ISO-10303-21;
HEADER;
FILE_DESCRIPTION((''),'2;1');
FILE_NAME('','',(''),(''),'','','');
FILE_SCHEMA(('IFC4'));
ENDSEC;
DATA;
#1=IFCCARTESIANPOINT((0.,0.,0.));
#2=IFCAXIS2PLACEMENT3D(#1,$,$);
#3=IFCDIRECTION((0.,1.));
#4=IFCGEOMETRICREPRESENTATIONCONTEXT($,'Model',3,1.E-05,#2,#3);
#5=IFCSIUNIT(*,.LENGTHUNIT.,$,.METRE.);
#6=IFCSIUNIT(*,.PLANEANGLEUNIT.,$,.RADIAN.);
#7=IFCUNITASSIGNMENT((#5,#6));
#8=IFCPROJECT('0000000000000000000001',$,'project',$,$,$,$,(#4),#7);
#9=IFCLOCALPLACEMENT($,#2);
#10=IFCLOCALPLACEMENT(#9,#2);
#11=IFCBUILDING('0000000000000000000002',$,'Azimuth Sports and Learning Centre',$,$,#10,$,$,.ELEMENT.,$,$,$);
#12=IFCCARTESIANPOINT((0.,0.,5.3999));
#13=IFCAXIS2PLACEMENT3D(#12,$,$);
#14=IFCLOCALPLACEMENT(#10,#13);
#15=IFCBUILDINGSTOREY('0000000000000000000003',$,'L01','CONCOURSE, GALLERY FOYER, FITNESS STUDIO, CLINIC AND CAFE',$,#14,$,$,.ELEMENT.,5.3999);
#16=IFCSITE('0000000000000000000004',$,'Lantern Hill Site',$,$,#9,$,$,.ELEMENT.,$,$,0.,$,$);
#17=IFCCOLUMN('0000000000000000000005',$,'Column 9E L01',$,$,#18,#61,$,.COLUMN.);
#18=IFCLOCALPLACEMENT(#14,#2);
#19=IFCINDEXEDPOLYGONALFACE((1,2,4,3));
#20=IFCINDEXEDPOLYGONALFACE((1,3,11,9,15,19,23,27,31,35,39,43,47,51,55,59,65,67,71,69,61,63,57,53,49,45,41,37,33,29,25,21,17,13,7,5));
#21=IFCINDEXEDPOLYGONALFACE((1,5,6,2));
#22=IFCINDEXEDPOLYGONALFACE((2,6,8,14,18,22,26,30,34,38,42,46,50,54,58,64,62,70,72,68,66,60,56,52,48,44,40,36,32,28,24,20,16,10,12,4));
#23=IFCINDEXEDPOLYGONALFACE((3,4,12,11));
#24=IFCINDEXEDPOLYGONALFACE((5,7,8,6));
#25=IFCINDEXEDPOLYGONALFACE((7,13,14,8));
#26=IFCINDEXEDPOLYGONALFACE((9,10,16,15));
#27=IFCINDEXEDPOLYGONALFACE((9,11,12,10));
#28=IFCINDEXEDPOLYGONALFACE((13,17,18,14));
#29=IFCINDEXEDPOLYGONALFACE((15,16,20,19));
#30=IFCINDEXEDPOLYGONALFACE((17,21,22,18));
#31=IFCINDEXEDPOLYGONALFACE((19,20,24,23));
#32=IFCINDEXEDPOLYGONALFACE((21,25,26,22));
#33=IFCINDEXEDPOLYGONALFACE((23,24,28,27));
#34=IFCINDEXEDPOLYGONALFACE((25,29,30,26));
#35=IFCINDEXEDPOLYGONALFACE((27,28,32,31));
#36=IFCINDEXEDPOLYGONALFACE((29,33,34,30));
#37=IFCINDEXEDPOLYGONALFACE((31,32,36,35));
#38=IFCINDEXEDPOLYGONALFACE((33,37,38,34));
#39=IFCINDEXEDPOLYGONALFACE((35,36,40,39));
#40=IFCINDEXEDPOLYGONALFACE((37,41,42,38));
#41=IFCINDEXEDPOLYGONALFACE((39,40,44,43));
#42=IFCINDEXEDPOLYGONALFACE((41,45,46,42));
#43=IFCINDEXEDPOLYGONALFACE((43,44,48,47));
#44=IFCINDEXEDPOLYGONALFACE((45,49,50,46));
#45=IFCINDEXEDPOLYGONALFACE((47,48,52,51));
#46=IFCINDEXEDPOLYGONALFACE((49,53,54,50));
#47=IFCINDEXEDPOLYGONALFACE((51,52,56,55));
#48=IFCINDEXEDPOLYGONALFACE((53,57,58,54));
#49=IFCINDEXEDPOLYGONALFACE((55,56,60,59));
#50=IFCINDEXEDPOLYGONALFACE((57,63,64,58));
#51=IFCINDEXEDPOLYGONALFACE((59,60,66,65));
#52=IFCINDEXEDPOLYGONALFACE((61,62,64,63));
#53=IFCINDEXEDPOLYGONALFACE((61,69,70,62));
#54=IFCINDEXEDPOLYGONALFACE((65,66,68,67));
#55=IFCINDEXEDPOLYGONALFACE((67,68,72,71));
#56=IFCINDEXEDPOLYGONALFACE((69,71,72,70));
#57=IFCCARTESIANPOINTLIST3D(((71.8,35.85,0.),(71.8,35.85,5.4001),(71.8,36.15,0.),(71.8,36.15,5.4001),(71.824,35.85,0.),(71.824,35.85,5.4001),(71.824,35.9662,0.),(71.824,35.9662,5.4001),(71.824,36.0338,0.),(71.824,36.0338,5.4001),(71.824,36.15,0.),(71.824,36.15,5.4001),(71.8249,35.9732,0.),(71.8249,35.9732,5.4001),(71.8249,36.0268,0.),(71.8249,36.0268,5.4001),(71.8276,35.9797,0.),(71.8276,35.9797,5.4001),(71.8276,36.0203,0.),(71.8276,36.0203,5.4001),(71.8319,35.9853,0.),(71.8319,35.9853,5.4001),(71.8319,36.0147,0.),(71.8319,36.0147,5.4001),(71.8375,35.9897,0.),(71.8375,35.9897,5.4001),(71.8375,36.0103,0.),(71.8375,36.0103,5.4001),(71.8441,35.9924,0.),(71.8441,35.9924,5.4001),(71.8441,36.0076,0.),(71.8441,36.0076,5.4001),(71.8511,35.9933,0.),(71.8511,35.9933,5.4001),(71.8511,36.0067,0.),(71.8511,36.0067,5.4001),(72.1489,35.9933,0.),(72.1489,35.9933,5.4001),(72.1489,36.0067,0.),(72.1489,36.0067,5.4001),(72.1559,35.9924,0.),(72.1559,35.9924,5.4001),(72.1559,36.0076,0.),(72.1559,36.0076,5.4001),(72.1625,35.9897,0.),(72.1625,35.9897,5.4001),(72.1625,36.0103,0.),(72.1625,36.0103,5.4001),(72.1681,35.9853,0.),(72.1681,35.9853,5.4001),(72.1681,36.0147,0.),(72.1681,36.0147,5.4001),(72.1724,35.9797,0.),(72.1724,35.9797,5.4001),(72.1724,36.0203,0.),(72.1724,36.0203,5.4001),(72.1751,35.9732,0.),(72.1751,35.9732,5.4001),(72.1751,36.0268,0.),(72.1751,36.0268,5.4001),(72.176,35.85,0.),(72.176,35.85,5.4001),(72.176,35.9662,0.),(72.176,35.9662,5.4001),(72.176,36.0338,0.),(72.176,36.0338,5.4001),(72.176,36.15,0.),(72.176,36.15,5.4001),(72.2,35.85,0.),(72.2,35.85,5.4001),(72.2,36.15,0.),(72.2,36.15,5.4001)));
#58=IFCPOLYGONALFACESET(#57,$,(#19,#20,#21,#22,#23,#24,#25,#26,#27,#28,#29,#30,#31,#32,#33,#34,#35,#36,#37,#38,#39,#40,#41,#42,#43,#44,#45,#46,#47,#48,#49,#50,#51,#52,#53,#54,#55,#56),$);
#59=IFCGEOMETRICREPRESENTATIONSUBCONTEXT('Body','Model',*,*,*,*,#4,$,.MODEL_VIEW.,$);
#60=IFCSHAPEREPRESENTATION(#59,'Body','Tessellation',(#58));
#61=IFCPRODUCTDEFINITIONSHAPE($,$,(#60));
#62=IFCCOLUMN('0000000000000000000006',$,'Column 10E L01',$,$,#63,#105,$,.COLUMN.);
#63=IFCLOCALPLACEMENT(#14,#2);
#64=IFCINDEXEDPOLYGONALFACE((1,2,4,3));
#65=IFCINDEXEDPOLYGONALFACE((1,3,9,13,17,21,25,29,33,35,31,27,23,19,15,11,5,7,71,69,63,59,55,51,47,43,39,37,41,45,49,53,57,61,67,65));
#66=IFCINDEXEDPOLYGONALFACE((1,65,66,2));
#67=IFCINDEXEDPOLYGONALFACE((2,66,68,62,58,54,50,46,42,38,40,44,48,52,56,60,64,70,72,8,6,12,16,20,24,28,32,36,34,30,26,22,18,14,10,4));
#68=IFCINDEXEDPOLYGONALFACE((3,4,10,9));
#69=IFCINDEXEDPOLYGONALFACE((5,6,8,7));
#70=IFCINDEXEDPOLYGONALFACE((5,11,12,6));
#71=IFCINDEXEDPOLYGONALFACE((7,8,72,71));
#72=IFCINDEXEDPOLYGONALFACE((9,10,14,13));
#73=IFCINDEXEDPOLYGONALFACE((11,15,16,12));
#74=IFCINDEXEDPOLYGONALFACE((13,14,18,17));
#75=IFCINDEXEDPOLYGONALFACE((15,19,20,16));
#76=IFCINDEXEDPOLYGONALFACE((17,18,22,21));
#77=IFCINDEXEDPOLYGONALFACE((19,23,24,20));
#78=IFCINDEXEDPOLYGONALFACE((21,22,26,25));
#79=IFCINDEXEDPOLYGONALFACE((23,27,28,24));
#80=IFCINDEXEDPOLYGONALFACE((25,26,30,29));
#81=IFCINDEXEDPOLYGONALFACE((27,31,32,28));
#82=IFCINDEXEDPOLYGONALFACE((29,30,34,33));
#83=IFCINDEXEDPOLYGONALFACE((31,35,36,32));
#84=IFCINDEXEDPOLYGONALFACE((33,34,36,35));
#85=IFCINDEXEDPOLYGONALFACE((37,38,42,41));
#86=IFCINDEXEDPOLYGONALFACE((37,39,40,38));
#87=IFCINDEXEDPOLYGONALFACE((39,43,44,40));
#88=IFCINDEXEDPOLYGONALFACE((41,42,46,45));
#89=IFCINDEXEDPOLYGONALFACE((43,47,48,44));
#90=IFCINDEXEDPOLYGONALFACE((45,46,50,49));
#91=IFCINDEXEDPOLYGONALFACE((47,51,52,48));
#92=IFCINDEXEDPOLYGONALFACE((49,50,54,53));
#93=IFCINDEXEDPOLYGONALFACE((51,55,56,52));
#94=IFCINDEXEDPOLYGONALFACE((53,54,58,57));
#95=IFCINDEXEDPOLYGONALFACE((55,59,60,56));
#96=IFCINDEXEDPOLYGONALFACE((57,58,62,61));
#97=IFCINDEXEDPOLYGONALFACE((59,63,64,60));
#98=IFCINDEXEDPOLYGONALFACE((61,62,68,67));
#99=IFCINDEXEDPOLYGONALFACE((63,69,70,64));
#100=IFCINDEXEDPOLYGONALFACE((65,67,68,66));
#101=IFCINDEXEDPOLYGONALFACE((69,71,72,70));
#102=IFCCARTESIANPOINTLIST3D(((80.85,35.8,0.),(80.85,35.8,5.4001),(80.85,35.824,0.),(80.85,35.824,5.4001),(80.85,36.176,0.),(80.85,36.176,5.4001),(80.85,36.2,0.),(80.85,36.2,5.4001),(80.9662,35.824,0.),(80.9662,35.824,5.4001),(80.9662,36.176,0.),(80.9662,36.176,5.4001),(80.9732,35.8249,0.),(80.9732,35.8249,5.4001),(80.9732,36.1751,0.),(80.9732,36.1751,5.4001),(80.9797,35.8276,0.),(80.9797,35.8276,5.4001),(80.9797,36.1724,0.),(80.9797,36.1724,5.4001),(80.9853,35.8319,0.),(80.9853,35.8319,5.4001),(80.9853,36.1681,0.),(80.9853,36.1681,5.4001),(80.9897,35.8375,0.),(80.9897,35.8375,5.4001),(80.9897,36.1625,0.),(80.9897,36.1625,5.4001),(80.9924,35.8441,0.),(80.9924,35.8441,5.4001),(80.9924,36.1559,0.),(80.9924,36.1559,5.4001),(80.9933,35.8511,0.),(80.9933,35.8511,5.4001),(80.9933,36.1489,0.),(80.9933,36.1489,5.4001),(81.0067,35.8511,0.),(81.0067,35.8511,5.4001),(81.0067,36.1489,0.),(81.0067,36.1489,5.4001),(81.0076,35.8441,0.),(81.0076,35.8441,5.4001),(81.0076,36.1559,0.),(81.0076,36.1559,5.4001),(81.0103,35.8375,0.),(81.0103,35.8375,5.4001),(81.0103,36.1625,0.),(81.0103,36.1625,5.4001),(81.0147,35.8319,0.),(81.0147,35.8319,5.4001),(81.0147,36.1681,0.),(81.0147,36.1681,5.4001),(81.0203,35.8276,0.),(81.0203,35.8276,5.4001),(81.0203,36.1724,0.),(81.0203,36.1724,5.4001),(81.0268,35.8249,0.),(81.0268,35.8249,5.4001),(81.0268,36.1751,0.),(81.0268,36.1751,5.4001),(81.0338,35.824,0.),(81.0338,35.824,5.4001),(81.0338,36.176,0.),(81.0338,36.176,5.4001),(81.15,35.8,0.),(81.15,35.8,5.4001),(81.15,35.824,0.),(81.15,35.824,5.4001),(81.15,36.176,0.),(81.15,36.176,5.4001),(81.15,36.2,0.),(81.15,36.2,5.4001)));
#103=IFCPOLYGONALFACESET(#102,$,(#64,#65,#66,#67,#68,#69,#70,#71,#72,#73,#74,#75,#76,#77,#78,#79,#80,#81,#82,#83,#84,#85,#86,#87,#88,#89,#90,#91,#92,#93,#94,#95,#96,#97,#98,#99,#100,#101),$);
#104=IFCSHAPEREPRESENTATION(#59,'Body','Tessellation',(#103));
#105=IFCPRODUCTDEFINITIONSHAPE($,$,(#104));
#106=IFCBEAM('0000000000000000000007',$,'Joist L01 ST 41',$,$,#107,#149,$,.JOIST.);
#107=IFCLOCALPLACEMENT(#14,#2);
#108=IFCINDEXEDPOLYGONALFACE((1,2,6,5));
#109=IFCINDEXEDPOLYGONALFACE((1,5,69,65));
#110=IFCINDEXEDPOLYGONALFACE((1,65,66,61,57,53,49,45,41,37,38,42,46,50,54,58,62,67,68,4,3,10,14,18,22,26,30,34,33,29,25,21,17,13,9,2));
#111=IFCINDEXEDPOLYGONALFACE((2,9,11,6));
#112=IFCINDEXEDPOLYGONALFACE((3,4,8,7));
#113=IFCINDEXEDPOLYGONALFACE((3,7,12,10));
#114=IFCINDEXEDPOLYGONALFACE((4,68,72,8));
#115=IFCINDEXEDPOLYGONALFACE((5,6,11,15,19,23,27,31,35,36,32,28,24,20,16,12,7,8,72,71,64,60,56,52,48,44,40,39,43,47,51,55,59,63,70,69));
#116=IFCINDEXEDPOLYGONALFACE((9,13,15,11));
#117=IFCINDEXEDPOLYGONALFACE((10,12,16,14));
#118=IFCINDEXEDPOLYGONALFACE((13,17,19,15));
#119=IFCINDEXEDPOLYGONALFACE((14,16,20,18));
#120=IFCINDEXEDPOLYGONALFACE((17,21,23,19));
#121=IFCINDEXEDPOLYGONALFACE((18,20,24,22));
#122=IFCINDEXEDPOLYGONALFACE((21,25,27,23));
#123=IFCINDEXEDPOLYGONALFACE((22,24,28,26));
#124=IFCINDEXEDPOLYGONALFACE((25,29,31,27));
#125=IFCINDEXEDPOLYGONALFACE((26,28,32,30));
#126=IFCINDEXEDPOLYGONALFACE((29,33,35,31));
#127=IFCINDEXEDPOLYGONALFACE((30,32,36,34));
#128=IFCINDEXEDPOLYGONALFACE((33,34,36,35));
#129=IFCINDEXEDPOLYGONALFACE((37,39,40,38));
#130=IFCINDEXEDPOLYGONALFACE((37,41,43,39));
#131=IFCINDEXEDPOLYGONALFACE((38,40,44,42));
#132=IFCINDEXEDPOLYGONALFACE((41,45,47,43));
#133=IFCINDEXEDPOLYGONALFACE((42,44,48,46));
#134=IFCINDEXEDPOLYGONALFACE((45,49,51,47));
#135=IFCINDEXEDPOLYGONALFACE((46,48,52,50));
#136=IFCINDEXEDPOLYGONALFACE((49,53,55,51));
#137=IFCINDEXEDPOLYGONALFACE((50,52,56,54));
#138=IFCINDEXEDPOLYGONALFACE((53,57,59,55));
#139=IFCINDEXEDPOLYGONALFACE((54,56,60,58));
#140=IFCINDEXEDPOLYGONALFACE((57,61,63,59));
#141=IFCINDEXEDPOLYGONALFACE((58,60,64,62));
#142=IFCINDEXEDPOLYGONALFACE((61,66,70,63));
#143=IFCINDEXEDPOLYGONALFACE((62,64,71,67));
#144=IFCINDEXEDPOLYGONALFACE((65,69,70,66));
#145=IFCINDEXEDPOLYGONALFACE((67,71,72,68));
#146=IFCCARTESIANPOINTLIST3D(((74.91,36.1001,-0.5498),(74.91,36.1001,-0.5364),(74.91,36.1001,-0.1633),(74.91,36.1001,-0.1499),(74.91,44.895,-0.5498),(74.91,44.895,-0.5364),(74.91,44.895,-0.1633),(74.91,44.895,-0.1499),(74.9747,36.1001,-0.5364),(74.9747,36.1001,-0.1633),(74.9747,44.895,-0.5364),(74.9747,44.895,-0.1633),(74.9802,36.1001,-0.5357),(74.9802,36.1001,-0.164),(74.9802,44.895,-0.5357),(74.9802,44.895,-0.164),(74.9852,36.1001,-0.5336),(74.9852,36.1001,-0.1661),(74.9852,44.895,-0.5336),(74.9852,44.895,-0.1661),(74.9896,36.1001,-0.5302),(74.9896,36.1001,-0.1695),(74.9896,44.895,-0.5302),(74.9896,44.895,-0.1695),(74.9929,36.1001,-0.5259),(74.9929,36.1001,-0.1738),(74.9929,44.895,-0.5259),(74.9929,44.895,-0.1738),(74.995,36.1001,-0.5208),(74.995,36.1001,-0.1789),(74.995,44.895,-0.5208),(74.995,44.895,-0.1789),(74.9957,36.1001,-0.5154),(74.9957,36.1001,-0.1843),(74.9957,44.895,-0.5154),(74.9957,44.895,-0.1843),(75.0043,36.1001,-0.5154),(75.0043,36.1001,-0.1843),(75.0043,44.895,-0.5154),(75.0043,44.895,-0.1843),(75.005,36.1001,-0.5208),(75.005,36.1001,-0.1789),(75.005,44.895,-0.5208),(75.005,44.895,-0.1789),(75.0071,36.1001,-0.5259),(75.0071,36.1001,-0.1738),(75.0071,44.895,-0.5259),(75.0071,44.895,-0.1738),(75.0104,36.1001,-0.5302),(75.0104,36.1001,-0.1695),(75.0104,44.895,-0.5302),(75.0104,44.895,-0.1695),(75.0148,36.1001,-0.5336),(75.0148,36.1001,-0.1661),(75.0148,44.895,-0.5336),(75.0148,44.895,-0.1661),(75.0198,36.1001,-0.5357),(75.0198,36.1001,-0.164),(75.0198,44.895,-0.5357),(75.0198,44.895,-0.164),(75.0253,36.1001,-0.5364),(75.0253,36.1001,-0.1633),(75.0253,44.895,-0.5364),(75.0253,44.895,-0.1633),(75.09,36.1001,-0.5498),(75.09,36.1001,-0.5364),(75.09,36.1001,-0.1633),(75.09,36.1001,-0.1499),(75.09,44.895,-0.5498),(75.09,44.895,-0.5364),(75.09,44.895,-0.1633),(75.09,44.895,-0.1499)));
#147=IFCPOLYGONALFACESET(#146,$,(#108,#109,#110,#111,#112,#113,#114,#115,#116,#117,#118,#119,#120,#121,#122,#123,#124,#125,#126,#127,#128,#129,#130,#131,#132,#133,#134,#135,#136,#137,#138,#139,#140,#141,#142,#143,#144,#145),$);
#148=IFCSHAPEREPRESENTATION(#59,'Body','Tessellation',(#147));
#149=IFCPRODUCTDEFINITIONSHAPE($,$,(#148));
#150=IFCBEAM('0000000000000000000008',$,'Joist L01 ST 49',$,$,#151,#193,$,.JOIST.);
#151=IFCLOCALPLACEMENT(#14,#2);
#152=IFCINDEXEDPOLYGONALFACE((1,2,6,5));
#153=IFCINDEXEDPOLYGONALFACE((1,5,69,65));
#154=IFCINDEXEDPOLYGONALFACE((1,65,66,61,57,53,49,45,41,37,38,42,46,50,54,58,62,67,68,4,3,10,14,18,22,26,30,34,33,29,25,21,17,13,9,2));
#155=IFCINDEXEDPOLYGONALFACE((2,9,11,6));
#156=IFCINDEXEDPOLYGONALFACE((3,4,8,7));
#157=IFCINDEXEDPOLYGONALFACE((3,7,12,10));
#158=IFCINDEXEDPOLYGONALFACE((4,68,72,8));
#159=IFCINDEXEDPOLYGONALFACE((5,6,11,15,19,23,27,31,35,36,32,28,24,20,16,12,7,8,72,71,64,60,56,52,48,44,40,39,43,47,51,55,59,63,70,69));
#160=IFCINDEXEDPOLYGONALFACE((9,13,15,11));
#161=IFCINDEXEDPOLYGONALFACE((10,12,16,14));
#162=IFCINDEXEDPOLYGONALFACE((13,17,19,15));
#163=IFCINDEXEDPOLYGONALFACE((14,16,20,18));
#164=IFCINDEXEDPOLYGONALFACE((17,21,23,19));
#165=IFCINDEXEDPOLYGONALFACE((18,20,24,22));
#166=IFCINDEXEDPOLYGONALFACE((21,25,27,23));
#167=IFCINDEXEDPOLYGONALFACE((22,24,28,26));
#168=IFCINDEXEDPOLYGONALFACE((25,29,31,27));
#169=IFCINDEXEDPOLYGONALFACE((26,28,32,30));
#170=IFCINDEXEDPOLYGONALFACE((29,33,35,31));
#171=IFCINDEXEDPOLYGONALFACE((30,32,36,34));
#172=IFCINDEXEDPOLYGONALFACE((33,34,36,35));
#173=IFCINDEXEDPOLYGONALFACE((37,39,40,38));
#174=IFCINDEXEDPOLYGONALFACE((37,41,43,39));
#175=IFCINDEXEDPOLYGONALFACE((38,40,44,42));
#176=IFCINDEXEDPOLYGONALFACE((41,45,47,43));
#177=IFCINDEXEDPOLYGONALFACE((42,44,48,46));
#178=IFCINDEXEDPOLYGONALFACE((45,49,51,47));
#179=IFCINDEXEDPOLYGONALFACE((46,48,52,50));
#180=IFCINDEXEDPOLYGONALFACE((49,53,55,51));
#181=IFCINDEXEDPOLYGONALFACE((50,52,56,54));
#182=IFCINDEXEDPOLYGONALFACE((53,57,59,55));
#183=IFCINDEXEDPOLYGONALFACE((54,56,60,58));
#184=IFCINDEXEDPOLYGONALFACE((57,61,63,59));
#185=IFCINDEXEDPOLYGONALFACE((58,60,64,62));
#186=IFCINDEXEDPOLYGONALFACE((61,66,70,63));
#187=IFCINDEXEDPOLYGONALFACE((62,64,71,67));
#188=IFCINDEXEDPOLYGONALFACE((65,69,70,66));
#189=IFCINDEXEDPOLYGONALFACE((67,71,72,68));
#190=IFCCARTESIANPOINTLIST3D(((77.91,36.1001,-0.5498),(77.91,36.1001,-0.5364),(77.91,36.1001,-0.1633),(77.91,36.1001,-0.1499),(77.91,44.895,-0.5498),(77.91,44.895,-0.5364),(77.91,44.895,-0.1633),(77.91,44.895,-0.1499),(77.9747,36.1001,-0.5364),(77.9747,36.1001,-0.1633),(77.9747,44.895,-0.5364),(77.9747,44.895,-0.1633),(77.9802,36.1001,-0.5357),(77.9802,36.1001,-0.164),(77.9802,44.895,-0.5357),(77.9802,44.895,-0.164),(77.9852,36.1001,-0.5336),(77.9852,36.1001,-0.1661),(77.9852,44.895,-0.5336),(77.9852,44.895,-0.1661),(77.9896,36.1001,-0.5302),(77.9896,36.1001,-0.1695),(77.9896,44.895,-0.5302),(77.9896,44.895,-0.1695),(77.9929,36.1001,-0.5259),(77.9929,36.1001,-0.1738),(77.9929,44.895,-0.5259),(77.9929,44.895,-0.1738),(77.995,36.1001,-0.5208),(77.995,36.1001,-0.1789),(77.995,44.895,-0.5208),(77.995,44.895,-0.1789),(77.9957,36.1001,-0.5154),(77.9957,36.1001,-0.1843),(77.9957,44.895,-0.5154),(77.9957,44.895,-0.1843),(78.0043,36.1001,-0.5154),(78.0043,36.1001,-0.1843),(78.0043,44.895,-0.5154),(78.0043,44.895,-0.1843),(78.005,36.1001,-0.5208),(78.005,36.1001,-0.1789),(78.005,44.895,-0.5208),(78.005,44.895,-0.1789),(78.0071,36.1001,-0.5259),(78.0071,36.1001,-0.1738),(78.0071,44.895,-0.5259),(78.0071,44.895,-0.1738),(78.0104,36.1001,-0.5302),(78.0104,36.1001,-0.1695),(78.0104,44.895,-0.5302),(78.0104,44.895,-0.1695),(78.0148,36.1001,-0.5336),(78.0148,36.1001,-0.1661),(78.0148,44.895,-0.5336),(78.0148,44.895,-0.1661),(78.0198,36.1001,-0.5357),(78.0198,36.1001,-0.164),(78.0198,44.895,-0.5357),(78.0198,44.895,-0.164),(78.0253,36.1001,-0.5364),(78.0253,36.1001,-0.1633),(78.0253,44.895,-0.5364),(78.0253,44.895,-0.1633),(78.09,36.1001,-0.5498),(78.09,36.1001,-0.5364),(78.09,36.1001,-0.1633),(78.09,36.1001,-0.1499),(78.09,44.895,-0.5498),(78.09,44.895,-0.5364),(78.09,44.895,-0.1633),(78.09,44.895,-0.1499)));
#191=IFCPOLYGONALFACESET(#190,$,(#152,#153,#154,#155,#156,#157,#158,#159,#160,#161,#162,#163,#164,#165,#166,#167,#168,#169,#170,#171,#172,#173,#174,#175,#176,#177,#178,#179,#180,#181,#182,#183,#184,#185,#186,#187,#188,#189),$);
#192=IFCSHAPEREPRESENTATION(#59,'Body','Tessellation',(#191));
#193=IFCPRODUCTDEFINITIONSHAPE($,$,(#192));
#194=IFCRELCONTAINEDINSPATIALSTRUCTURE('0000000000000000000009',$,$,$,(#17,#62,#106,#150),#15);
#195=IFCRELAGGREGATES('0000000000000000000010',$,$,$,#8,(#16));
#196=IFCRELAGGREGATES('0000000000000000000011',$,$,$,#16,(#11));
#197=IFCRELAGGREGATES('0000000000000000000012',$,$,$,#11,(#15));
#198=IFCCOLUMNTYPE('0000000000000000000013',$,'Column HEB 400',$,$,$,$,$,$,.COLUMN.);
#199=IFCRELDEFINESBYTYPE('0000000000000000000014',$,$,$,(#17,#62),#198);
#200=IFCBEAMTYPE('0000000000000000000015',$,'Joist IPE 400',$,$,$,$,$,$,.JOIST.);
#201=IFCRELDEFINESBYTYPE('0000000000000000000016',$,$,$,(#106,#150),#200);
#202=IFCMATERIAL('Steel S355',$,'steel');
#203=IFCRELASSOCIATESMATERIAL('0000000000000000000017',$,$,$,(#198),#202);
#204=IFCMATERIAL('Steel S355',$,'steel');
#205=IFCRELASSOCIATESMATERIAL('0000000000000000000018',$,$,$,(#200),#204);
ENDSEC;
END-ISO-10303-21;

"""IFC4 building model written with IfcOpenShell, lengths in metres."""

from ifc_helpers import new_model, si_unit, direction, frame, origin, origin_2d, place, context, subcontext, project, spatial, i_section, extrude, material, material_profile, profile_set, type_object, element, save


model = new_model("IFC4")

# Units and contexts
model_context = context("Model", 3, precision=1e-05, world=origin(), true_north=direction((0.0, 1.0)))
body_context = subcontext(model_context, "Body", "Model", "MODEL_VIEW")
ifc_project = project(units=[si_unit("LENGTHUNIT", "METRE"), si_unit("PLANEANGLEUNIT", "RADIAN")], contexts=[model_context])

# Site, building, storey
site_placement = place(None, origin())
site = spatial("IfcSite", under=ifc_project, at=site_placement, Name="Lantern Hill Site", CompositionType="ELEMENT", RefElevation=0.0)
building_placement = place(site_placement, origin())
building = spatial("IfcBuilding", under=site, at=building_placement, Name="Azimuth Sports and Learning Centre", CompositionType="ELEMENT")
storey_placement = place(building_placement, frame((0.0, 0.0, 5.3999)))
storey = spatial("IfcBuildingStorey", under=building, at=storey_placement, Name="L01", Description="CONCOURSE, GALLERY FOYER, FITNESS STUDIO, CLINIC AND CAFE", CompositionType="ELEMENT", Elevation=5.3999)

# Columns
ifc_material_1 = material(Name="Steel S355", Category="steel")
ifc_material_profile_1 = material_profile(ifc_material_1, i_section(OverallWidth=0.3, OverallDepth=0.3999, WebThickness=0.0134, FlangeThickness=0.0239, FilletRadius=0.0271, at=origin_2d()), Name="HEB 400")
ifc_profile_set_1 = profile_set([ifc_material_profile_1], Name="Steel S355")
column_type = type_object("IfcColumnType", Name="Column HEB 400", PredefinedType="COLUMN", material=ifc_profile_set_1)
for number, where, z_axis, x_axis, name in (
    (1, (72.0, 36.0, 0.0), (0.0, 0.0, 1.0), (0.0, 1.0, 0.0), "Column 9E L01"),
    (2, (81.0, 36.0, 0.0), (0.0, 0.0, 1.0), (1.0, 0.0, 0.0), "Column 10E L01"),
):
    element("IfcColumn", number, at=place(storey_placement, frame(where, z_axis=z_axis, x_axis=x_axis)), inside=storey, type_object=column_type, Name=name, PredefinedType="COLUMN", context=body_context, shape_type="SweptSolid", body=[
        extrude(i_section(OverallWidth=0.3, OverallDepth=0.3999, WebThickness=0.0134, FlangeThickness=0.0239, FilletRadius=0.0271, at=origin_2d()), origin(), (0.0, 0.0, 1.0), 5.4001),
    ])

# Beams
ifc_material_2 = material(Name="Steel S355", Category="steel")
ifc_material_profile_2 = material_profile(ifc_material_2, i_section(OverallWidth=0.1799, OverallDepth=0.3999, WebThickness=0.0085, FlangeThickness=0.0134, FilletRadius=0.021, at=origin_2d()), Name="IPE 400")
ifc_profile_set_2 = profile_set([ifc_material_profile_2], Name="Steel S355")
beam_type = type_object("IfcBeamType", Name="Joist IPE 400", PredefinedType="JOIST", material=ifc_profile_set_2)
for number, where, z_axis, x_axis, name in (
    (3, (75.0, 36.1001, -0.3499), (0.0, 1.0, 0.0), (-1.0, 0.0, 0.0), "Joist L01 ST 41"),
    (4, (78.0, 36.1001, -0.3499), (0.0, 1.0, 0.0), (-1.0, 0.0, 0.0), "Joist L01 ST 49"),
):
    element("IfcBeam", number, at=place(storey_placement, frame(where, z_axis=z_axis, x_axis=x_axis)), inside=storey, type_object=beam_type, Name=name, PredefinedType="JOIST", context=body_context, shape_type="SweptSolid", body=[
        extrude(i_section(OverallWidth=0.1799, OverallDepth=0.3999, WebThickness=0.0085, FlangeThickness=0.0134, FilletRadius=0.021, at=origin_2d()), origin(), (0.0, 0.0, 1.0), 8.7949),
    ])

save(model, "model.ifc")
